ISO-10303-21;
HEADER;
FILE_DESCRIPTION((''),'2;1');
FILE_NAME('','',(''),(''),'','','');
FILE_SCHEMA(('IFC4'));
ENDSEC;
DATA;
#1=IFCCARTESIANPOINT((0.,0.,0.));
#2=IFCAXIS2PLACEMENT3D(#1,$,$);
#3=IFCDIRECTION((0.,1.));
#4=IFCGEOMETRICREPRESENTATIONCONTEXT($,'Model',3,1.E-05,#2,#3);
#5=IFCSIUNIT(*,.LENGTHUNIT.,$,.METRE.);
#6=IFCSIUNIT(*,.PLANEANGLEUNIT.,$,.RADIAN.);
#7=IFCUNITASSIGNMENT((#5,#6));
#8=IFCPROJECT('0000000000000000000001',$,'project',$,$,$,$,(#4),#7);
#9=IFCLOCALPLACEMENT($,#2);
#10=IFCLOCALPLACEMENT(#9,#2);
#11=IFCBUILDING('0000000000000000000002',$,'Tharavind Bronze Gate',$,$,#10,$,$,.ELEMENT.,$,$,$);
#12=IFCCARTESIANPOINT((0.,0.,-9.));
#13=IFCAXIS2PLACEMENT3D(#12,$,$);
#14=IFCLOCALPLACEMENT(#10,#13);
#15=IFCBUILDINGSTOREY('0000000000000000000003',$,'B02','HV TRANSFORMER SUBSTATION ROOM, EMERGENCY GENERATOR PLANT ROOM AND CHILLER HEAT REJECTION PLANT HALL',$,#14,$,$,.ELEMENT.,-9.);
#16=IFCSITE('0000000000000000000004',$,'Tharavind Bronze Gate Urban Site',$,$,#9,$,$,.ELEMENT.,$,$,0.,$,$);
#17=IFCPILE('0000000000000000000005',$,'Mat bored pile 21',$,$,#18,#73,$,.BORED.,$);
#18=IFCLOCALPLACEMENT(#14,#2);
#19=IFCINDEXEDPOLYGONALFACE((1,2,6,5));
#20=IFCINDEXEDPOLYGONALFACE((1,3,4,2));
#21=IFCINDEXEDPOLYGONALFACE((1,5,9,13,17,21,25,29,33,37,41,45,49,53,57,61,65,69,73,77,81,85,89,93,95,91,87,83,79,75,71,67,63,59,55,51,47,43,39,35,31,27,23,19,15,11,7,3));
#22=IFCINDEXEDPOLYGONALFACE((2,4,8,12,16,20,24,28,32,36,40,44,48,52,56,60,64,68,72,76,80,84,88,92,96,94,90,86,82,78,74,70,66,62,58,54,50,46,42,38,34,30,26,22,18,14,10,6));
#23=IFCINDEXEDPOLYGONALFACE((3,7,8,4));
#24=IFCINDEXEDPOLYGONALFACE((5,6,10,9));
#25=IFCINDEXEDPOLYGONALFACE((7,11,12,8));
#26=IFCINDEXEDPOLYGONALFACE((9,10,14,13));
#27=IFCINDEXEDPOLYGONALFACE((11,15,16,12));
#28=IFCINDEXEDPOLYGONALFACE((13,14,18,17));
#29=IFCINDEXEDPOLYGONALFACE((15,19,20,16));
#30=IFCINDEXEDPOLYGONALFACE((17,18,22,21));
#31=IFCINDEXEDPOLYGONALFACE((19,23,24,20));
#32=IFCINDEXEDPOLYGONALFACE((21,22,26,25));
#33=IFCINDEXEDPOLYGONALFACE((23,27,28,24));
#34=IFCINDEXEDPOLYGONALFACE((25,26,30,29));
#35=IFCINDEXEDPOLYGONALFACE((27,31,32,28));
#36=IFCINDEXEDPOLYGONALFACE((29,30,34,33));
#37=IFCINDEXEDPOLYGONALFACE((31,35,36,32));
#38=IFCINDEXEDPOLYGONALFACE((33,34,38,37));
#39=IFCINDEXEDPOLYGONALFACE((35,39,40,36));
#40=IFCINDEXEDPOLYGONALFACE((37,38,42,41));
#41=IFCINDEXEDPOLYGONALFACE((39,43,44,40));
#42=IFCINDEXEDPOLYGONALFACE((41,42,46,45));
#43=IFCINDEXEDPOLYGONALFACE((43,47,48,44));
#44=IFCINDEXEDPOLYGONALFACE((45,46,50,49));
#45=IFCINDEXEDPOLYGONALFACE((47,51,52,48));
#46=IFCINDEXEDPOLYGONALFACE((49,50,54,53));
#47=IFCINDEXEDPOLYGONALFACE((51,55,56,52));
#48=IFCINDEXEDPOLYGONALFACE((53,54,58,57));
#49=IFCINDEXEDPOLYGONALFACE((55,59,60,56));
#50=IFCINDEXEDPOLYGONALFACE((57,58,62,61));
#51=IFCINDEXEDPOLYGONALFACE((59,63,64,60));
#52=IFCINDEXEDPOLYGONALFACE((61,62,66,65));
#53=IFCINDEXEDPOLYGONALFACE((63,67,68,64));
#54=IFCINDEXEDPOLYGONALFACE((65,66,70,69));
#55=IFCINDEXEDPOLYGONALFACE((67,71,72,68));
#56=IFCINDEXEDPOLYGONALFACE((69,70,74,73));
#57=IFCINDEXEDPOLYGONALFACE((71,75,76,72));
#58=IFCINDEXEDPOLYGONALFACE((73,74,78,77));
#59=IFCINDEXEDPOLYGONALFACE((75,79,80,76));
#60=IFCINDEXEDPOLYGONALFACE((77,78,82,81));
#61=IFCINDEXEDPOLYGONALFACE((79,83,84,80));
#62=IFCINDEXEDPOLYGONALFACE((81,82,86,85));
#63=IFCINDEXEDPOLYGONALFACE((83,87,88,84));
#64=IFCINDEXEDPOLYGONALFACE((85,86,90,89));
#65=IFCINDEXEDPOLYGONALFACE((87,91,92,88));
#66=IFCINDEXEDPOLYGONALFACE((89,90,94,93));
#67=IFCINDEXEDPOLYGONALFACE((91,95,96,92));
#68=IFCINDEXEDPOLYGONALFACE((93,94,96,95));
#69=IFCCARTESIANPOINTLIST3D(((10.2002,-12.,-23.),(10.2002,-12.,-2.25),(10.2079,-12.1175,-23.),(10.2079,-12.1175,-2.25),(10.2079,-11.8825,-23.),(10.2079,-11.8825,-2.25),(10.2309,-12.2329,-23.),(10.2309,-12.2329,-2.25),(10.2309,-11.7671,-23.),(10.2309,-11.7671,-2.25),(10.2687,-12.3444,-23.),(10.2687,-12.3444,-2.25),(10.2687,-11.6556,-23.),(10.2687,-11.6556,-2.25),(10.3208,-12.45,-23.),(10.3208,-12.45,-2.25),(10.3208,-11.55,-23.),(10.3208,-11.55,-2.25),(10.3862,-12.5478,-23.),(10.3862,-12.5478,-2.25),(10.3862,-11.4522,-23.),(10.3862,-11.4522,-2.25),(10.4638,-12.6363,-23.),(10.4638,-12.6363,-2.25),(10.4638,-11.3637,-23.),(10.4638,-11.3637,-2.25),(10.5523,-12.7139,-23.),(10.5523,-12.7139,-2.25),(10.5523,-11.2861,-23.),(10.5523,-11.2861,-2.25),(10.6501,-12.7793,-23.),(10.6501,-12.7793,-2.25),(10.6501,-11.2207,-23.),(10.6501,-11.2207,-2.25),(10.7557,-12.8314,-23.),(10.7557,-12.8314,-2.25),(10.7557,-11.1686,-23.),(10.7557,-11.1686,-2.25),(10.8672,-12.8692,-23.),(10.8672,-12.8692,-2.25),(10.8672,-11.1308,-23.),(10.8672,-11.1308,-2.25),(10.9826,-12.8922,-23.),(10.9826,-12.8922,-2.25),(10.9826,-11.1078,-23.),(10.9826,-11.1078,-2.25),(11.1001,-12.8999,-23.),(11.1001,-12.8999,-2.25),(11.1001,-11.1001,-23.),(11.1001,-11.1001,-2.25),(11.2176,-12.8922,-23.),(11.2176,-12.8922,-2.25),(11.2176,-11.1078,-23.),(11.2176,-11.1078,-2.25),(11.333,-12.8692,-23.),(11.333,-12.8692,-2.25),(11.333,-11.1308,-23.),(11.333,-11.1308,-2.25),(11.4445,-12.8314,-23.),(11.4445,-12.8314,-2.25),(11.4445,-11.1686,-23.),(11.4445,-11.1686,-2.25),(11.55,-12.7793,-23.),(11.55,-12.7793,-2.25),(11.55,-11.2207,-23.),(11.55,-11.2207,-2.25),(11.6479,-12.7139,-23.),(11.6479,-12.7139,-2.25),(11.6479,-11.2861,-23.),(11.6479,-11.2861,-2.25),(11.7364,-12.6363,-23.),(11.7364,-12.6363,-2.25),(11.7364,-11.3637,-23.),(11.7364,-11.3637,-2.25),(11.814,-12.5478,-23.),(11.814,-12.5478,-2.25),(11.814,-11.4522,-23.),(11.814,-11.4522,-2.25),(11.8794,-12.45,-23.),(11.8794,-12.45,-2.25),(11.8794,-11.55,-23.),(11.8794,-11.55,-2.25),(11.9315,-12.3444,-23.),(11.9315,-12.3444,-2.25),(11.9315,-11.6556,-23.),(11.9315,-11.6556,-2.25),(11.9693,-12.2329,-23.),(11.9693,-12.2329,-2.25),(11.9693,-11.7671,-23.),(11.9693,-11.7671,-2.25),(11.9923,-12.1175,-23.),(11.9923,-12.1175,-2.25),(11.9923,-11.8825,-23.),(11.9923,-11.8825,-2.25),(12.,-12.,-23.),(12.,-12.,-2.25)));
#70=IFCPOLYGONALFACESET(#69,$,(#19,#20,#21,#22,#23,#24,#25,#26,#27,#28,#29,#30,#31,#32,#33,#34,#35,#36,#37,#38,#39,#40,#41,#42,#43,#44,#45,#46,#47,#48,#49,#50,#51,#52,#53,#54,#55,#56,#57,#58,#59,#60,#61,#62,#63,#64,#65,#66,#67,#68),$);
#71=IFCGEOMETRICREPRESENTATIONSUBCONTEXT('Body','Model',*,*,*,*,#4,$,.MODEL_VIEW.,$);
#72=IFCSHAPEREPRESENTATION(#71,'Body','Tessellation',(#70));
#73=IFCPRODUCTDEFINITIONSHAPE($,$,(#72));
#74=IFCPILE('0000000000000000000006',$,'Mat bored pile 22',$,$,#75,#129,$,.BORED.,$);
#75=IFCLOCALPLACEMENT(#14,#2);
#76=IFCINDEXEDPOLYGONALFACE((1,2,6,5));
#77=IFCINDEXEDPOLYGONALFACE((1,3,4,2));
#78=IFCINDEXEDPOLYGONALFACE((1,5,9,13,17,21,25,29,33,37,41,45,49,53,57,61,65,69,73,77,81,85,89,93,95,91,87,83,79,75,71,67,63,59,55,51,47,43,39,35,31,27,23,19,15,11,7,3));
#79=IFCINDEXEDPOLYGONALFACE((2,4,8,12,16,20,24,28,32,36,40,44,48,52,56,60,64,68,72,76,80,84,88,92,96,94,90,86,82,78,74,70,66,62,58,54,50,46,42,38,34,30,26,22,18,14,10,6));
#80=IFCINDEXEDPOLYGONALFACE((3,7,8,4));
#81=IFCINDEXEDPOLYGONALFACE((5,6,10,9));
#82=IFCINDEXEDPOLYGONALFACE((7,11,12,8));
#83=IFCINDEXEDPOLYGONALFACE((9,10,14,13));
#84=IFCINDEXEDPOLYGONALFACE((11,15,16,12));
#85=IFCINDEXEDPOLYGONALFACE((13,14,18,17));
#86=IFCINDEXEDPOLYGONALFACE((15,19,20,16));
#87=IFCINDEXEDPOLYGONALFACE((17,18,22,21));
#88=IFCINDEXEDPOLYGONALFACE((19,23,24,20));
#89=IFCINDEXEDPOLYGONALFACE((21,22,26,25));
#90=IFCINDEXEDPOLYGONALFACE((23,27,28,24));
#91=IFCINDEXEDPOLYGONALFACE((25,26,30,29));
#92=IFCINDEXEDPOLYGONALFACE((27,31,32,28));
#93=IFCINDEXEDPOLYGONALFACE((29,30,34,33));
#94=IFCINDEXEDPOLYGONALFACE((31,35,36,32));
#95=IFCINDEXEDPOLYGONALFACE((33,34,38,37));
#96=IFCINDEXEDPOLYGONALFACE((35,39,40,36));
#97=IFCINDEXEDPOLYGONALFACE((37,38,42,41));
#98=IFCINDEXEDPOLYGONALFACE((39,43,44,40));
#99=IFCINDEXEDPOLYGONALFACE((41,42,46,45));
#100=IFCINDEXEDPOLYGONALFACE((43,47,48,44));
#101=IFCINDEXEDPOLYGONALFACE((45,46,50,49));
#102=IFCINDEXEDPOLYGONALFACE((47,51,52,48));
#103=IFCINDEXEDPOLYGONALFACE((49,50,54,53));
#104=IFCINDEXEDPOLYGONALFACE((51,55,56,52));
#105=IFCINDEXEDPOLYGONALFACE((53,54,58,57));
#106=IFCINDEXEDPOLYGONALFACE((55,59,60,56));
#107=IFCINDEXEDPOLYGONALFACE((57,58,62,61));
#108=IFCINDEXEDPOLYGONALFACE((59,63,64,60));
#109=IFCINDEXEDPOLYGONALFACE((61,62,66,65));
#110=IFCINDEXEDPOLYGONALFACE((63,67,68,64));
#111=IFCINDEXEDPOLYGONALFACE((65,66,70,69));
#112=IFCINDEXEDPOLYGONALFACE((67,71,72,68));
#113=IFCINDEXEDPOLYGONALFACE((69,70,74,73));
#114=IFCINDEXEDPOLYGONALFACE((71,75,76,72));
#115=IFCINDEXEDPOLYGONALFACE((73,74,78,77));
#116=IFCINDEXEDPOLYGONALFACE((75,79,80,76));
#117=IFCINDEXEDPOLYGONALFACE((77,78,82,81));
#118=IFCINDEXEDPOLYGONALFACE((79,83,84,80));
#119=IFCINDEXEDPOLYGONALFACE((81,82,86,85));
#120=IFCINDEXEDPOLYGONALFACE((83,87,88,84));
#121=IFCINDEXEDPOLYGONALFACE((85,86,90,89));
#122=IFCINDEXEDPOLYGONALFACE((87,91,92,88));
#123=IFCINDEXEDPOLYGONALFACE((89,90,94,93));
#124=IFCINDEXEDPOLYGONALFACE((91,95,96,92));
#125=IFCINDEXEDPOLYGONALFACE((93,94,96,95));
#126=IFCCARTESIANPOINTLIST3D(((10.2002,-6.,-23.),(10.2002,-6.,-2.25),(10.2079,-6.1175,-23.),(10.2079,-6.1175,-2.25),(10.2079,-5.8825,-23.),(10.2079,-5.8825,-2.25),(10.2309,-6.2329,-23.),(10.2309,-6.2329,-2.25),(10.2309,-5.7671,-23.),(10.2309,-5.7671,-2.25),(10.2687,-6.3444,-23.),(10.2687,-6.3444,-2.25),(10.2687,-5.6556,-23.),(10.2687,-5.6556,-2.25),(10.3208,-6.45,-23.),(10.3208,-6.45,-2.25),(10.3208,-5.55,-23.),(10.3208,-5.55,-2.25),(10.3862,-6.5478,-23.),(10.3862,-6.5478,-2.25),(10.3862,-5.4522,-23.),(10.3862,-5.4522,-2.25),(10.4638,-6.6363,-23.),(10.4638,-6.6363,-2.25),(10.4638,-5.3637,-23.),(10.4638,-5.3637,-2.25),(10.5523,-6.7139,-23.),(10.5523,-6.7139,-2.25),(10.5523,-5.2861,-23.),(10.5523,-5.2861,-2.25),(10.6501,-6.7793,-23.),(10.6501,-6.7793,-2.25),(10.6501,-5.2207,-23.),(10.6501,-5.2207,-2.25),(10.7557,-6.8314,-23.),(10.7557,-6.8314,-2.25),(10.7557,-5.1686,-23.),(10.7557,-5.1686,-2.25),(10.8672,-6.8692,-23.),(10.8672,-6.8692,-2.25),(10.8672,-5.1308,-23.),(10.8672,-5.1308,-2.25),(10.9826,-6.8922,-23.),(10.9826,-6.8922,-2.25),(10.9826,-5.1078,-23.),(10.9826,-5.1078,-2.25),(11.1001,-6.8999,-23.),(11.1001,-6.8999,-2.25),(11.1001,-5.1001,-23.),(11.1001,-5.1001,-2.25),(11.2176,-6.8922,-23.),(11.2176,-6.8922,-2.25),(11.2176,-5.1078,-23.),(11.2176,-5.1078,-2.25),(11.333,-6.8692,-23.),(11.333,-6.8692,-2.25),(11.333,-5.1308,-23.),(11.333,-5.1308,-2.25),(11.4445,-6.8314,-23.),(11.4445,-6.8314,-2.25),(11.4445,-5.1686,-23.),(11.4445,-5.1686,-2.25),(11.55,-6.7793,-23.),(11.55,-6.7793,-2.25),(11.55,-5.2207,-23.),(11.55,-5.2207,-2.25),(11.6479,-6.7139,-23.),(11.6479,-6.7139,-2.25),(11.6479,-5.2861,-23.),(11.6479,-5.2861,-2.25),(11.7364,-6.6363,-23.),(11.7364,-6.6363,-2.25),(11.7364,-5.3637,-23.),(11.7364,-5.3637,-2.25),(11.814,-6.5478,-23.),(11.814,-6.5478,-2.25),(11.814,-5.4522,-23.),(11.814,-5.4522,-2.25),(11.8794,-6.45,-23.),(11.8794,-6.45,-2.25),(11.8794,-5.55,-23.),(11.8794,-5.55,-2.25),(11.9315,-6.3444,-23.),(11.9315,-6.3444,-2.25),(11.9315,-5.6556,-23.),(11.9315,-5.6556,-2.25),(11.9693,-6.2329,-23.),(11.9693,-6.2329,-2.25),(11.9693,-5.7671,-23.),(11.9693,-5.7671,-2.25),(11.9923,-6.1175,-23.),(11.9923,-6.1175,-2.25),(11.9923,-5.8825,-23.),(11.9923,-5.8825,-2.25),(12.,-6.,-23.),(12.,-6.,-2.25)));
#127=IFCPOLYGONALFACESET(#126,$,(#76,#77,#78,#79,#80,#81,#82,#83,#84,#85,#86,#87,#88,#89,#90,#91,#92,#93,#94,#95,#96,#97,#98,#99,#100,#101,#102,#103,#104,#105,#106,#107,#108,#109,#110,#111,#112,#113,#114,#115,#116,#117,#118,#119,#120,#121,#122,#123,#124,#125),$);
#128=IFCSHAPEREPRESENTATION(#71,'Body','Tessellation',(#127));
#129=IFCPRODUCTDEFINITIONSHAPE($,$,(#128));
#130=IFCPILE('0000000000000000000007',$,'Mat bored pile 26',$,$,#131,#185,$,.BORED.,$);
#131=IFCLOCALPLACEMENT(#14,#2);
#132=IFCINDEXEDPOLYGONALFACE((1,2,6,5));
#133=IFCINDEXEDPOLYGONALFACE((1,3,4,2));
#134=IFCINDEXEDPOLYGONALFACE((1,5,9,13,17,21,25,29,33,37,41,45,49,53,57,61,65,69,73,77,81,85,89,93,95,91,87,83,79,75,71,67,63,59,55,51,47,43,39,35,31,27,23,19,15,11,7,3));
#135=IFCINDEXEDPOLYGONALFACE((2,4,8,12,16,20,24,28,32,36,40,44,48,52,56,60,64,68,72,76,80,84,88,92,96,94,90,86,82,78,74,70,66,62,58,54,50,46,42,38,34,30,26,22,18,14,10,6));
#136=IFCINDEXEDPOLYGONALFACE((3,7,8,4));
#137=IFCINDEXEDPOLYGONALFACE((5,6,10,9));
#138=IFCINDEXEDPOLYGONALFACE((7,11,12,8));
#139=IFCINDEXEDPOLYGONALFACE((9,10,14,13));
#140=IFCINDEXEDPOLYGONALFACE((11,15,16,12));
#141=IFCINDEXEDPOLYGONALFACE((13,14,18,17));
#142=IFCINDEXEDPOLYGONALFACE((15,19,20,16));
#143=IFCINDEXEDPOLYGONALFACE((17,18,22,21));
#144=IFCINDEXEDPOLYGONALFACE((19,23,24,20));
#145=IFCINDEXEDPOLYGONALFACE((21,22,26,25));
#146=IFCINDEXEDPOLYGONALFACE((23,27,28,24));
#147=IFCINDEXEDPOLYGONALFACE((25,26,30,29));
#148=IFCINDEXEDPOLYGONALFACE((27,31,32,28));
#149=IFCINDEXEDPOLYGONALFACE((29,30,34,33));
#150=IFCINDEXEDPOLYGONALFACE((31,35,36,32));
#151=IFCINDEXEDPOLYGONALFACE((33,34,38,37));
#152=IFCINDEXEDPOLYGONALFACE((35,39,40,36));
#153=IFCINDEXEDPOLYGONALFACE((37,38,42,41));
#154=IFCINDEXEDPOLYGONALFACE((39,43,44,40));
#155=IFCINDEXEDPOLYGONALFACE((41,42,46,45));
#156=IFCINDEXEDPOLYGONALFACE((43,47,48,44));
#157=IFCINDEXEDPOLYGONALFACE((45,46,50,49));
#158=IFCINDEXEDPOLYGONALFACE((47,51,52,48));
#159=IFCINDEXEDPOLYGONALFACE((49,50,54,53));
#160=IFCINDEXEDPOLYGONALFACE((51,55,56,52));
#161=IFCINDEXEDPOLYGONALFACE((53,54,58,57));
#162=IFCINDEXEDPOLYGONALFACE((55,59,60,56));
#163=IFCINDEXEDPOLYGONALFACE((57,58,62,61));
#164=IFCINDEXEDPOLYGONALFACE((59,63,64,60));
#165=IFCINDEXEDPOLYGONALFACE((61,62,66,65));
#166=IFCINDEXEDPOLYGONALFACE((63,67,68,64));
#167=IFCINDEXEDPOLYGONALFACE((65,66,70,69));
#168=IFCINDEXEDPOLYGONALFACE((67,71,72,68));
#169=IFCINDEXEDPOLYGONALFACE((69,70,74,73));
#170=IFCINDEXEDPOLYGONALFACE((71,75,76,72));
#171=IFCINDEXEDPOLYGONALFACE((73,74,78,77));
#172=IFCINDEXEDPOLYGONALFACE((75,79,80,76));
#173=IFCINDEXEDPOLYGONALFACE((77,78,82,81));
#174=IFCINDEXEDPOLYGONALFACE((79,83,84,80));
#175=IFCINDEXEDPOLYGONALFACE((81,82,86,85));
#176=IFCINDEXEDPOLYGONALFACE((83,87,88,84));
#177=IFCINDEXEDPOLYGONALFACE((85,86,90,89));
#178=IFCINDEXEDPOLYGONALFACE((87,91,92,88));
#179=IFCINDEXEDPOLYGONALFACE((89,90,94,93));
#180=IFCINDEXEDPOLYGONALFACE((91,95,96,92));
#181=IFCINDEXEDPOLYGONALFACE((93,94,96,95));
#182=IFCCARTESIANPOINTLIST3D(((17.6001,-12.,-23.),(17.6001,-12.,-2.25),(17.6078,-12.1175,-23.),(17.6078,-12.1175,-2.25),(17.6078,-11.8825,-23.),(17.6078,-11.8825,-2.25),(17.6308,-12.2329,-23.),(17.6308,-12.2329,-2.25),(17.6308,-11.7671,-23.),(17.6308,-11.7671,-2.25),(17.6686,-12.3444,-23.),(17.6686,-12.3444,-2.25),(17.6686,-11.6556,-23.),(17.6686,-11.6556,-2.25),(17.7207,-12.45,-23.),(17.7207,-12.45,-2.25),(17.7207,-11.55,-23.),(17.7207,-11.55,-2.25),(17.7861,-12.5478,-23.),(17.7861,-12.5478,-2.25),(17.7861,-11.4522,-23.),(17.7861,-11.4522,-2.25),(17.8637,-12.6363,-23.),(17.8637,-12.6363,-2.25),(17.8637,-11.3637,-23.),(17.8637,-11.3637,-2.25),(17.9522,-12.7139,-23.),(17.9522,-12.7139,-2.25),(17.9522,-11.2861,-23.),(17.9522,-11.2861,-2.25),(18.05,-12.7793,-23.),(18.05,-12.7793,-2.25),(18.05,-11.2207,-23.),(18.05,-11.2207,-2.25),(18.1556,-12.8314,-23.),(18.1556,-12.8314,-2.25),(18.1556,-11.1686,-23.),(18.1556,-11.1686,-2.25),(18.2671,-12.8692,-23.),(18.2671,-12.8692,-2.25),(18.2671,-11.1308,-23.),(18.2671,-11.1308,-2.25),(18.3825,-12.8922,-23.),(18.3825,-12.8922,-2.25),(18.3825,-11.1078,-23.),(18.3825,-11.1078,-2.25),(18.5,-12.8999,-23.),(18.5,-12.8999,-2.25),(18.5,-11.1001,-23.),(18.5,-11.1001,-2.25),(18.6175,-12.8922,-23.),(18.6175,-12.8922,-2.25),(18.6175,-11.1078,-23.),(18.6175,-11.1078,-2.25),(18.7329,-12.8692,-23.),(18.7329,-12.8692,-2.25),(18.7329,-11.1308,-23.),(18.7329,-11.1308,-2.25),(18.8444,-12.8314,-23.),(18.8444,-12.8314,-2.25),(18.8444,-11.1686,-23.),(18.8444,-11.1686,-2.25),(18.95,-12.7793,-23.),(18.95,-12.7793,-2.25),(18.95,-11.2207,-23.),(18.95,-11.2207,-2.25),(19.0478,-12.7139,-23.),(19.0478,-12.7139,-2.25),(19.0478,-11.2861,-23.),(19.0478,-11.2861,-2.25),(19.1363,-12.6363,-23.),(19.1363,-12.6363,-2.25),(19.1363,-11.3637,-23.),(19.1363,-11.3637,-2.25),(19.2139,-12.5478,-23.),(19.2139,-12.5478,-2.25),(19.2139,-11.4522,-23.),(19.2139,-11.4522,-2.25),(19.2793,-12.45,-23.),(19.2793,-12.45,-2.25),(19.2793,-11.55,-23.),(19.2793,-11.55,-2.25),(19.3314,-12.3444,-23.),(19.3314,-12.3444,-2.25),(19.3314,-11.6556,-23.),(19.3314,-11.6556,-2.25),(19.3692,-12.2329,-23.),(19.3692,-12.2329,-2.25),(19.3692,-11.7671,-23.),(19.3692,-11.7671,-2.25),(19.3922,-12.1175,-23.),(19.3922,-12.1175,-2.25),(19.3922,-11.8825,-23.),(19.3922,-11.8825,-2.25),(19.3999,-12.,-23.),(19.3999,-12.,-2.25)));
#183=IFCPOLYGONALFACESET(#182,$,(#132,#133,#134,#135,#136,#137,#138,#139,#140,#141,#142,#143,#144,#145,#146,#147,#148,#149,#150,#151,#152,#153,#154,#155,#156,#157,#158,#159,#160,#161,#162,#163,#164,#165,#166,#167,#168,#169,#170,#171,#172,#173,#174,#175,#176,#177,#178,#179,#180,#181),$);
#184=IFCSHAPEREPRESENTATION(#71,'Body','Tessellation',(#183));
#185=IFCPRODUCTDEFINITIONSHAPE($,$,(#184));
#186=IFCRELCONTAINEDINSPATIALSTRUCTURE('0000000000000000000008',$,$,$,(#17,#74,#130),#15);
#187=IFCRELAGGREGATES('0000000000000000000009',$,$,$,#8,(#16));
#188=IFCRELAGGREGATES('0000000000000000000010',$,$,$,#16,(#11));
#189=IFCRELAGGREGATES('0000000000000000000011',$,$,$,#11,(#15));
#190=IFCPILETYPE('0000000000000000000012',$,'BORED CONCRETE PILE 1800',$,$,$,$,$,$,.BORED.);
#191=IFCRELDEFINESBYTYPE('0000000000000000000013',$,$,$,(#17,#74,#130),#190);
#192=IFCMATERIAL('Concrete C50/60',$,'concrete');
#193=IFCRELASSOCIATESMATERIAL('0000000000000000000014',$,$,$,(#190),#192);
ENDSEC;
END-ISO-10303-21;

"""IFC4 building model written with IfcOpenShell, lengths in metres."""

from ifc_helpers import new_model, si_unit, direction, frame, origin, origin_2d, place, context, subcontext, project, spatial, circle, extrude, material, material_profile, profile_set, type_object, element, save


model = new_model("IFC4")

# Units and contexts
model_context = context("Model", 3, precision=1e-05, world=origin(), true_north=direction((0.0, 1.0)))
body_context = subcontext(model_context, "Body", "Model", "MODEL_VIEW")
ifc_project = project(units=[si_unit("LENGTHUNIT", "METRE"), si_unit("PLANEANGLEUNIT", "RADIAN")], contexts=[model_context])

# Site, building, storey
site_placement = place(None, origin())
site = spatial("IfcSite", under=ifc_project, at=site_placement, Name="Tharavind Bronze Gate Urban Site", CompositionType="ELEMENT", RefElevation=0.0)
building_placement = place(site_placement, origin())
building = spatial("IfcBuilding", under=site, at=building_placement, Name="Tharavind Bronze Gate", CompositionType="ELEMENT")
storey_placement = place(building_placement, frame((0.0, 0.0, -9.0)))
storey = spatial("IfcBuildingStorey", under=building, at=storey_placement, Name="B02", Description="HV TRANSFORMER SUBSTATION ROOM, EMERGENCY GENERATOR PLANT ROOM AND CHILLER HEAT REJECTION PLANT HALL", CompositionType="ELEMENT", Elevation=-9.0)

# Piles
ifc_material_1 = material(Name="Concrete C50/60", Category="concrete")
ifc_material_profile_1 = material_profile(ifc_material_1, circle(Radius=0.8999, at=origin_2d()), Name="PILE1800")
ifc_profile_set_1 = profile_set([ifc_material_profile_1], Name="Concrete C50/60")
pile_type_1 = type_object("IfcPileType", Name="BORED CONCRETE PILE 1800", PredefinedType="BORED", material=ifc_profile_set_1)
for number, where, z_axis, x_axis, name in (
    (1, (11.1001, -12.0, -2.25), (0.0, 0.0, -1.0), (1.0, 0.0, 0.0), "Mat bored pile 21"),
    (2, (11.1001, -6.0, -2.25), (0.0, 0.0, -1.0), (1.0, 0.0, 0.0), "Mat bored pile 22"),
    (3, (18.5, -12.0, -2.25), (0.0, 0.0, -1.0), (1.0, 0.0, 0.0), "Mat bored pile 26"),
):
    element("IfcPile", number, at=place(storey_placement, frame(where, z_axis=z_axis, x_axis=x_axis)), inside=storey, type_object=pile_type_1, Name=name, PredefinedType="BORED", context=body_context, shape_type="SweptSolid", body=[
        extrude(circle(Radius=0.8999, at=origin_2d()), origin(), (0.0, 0.0, 1.0), 20.75),
    ])

save(model, "model.ifc")
